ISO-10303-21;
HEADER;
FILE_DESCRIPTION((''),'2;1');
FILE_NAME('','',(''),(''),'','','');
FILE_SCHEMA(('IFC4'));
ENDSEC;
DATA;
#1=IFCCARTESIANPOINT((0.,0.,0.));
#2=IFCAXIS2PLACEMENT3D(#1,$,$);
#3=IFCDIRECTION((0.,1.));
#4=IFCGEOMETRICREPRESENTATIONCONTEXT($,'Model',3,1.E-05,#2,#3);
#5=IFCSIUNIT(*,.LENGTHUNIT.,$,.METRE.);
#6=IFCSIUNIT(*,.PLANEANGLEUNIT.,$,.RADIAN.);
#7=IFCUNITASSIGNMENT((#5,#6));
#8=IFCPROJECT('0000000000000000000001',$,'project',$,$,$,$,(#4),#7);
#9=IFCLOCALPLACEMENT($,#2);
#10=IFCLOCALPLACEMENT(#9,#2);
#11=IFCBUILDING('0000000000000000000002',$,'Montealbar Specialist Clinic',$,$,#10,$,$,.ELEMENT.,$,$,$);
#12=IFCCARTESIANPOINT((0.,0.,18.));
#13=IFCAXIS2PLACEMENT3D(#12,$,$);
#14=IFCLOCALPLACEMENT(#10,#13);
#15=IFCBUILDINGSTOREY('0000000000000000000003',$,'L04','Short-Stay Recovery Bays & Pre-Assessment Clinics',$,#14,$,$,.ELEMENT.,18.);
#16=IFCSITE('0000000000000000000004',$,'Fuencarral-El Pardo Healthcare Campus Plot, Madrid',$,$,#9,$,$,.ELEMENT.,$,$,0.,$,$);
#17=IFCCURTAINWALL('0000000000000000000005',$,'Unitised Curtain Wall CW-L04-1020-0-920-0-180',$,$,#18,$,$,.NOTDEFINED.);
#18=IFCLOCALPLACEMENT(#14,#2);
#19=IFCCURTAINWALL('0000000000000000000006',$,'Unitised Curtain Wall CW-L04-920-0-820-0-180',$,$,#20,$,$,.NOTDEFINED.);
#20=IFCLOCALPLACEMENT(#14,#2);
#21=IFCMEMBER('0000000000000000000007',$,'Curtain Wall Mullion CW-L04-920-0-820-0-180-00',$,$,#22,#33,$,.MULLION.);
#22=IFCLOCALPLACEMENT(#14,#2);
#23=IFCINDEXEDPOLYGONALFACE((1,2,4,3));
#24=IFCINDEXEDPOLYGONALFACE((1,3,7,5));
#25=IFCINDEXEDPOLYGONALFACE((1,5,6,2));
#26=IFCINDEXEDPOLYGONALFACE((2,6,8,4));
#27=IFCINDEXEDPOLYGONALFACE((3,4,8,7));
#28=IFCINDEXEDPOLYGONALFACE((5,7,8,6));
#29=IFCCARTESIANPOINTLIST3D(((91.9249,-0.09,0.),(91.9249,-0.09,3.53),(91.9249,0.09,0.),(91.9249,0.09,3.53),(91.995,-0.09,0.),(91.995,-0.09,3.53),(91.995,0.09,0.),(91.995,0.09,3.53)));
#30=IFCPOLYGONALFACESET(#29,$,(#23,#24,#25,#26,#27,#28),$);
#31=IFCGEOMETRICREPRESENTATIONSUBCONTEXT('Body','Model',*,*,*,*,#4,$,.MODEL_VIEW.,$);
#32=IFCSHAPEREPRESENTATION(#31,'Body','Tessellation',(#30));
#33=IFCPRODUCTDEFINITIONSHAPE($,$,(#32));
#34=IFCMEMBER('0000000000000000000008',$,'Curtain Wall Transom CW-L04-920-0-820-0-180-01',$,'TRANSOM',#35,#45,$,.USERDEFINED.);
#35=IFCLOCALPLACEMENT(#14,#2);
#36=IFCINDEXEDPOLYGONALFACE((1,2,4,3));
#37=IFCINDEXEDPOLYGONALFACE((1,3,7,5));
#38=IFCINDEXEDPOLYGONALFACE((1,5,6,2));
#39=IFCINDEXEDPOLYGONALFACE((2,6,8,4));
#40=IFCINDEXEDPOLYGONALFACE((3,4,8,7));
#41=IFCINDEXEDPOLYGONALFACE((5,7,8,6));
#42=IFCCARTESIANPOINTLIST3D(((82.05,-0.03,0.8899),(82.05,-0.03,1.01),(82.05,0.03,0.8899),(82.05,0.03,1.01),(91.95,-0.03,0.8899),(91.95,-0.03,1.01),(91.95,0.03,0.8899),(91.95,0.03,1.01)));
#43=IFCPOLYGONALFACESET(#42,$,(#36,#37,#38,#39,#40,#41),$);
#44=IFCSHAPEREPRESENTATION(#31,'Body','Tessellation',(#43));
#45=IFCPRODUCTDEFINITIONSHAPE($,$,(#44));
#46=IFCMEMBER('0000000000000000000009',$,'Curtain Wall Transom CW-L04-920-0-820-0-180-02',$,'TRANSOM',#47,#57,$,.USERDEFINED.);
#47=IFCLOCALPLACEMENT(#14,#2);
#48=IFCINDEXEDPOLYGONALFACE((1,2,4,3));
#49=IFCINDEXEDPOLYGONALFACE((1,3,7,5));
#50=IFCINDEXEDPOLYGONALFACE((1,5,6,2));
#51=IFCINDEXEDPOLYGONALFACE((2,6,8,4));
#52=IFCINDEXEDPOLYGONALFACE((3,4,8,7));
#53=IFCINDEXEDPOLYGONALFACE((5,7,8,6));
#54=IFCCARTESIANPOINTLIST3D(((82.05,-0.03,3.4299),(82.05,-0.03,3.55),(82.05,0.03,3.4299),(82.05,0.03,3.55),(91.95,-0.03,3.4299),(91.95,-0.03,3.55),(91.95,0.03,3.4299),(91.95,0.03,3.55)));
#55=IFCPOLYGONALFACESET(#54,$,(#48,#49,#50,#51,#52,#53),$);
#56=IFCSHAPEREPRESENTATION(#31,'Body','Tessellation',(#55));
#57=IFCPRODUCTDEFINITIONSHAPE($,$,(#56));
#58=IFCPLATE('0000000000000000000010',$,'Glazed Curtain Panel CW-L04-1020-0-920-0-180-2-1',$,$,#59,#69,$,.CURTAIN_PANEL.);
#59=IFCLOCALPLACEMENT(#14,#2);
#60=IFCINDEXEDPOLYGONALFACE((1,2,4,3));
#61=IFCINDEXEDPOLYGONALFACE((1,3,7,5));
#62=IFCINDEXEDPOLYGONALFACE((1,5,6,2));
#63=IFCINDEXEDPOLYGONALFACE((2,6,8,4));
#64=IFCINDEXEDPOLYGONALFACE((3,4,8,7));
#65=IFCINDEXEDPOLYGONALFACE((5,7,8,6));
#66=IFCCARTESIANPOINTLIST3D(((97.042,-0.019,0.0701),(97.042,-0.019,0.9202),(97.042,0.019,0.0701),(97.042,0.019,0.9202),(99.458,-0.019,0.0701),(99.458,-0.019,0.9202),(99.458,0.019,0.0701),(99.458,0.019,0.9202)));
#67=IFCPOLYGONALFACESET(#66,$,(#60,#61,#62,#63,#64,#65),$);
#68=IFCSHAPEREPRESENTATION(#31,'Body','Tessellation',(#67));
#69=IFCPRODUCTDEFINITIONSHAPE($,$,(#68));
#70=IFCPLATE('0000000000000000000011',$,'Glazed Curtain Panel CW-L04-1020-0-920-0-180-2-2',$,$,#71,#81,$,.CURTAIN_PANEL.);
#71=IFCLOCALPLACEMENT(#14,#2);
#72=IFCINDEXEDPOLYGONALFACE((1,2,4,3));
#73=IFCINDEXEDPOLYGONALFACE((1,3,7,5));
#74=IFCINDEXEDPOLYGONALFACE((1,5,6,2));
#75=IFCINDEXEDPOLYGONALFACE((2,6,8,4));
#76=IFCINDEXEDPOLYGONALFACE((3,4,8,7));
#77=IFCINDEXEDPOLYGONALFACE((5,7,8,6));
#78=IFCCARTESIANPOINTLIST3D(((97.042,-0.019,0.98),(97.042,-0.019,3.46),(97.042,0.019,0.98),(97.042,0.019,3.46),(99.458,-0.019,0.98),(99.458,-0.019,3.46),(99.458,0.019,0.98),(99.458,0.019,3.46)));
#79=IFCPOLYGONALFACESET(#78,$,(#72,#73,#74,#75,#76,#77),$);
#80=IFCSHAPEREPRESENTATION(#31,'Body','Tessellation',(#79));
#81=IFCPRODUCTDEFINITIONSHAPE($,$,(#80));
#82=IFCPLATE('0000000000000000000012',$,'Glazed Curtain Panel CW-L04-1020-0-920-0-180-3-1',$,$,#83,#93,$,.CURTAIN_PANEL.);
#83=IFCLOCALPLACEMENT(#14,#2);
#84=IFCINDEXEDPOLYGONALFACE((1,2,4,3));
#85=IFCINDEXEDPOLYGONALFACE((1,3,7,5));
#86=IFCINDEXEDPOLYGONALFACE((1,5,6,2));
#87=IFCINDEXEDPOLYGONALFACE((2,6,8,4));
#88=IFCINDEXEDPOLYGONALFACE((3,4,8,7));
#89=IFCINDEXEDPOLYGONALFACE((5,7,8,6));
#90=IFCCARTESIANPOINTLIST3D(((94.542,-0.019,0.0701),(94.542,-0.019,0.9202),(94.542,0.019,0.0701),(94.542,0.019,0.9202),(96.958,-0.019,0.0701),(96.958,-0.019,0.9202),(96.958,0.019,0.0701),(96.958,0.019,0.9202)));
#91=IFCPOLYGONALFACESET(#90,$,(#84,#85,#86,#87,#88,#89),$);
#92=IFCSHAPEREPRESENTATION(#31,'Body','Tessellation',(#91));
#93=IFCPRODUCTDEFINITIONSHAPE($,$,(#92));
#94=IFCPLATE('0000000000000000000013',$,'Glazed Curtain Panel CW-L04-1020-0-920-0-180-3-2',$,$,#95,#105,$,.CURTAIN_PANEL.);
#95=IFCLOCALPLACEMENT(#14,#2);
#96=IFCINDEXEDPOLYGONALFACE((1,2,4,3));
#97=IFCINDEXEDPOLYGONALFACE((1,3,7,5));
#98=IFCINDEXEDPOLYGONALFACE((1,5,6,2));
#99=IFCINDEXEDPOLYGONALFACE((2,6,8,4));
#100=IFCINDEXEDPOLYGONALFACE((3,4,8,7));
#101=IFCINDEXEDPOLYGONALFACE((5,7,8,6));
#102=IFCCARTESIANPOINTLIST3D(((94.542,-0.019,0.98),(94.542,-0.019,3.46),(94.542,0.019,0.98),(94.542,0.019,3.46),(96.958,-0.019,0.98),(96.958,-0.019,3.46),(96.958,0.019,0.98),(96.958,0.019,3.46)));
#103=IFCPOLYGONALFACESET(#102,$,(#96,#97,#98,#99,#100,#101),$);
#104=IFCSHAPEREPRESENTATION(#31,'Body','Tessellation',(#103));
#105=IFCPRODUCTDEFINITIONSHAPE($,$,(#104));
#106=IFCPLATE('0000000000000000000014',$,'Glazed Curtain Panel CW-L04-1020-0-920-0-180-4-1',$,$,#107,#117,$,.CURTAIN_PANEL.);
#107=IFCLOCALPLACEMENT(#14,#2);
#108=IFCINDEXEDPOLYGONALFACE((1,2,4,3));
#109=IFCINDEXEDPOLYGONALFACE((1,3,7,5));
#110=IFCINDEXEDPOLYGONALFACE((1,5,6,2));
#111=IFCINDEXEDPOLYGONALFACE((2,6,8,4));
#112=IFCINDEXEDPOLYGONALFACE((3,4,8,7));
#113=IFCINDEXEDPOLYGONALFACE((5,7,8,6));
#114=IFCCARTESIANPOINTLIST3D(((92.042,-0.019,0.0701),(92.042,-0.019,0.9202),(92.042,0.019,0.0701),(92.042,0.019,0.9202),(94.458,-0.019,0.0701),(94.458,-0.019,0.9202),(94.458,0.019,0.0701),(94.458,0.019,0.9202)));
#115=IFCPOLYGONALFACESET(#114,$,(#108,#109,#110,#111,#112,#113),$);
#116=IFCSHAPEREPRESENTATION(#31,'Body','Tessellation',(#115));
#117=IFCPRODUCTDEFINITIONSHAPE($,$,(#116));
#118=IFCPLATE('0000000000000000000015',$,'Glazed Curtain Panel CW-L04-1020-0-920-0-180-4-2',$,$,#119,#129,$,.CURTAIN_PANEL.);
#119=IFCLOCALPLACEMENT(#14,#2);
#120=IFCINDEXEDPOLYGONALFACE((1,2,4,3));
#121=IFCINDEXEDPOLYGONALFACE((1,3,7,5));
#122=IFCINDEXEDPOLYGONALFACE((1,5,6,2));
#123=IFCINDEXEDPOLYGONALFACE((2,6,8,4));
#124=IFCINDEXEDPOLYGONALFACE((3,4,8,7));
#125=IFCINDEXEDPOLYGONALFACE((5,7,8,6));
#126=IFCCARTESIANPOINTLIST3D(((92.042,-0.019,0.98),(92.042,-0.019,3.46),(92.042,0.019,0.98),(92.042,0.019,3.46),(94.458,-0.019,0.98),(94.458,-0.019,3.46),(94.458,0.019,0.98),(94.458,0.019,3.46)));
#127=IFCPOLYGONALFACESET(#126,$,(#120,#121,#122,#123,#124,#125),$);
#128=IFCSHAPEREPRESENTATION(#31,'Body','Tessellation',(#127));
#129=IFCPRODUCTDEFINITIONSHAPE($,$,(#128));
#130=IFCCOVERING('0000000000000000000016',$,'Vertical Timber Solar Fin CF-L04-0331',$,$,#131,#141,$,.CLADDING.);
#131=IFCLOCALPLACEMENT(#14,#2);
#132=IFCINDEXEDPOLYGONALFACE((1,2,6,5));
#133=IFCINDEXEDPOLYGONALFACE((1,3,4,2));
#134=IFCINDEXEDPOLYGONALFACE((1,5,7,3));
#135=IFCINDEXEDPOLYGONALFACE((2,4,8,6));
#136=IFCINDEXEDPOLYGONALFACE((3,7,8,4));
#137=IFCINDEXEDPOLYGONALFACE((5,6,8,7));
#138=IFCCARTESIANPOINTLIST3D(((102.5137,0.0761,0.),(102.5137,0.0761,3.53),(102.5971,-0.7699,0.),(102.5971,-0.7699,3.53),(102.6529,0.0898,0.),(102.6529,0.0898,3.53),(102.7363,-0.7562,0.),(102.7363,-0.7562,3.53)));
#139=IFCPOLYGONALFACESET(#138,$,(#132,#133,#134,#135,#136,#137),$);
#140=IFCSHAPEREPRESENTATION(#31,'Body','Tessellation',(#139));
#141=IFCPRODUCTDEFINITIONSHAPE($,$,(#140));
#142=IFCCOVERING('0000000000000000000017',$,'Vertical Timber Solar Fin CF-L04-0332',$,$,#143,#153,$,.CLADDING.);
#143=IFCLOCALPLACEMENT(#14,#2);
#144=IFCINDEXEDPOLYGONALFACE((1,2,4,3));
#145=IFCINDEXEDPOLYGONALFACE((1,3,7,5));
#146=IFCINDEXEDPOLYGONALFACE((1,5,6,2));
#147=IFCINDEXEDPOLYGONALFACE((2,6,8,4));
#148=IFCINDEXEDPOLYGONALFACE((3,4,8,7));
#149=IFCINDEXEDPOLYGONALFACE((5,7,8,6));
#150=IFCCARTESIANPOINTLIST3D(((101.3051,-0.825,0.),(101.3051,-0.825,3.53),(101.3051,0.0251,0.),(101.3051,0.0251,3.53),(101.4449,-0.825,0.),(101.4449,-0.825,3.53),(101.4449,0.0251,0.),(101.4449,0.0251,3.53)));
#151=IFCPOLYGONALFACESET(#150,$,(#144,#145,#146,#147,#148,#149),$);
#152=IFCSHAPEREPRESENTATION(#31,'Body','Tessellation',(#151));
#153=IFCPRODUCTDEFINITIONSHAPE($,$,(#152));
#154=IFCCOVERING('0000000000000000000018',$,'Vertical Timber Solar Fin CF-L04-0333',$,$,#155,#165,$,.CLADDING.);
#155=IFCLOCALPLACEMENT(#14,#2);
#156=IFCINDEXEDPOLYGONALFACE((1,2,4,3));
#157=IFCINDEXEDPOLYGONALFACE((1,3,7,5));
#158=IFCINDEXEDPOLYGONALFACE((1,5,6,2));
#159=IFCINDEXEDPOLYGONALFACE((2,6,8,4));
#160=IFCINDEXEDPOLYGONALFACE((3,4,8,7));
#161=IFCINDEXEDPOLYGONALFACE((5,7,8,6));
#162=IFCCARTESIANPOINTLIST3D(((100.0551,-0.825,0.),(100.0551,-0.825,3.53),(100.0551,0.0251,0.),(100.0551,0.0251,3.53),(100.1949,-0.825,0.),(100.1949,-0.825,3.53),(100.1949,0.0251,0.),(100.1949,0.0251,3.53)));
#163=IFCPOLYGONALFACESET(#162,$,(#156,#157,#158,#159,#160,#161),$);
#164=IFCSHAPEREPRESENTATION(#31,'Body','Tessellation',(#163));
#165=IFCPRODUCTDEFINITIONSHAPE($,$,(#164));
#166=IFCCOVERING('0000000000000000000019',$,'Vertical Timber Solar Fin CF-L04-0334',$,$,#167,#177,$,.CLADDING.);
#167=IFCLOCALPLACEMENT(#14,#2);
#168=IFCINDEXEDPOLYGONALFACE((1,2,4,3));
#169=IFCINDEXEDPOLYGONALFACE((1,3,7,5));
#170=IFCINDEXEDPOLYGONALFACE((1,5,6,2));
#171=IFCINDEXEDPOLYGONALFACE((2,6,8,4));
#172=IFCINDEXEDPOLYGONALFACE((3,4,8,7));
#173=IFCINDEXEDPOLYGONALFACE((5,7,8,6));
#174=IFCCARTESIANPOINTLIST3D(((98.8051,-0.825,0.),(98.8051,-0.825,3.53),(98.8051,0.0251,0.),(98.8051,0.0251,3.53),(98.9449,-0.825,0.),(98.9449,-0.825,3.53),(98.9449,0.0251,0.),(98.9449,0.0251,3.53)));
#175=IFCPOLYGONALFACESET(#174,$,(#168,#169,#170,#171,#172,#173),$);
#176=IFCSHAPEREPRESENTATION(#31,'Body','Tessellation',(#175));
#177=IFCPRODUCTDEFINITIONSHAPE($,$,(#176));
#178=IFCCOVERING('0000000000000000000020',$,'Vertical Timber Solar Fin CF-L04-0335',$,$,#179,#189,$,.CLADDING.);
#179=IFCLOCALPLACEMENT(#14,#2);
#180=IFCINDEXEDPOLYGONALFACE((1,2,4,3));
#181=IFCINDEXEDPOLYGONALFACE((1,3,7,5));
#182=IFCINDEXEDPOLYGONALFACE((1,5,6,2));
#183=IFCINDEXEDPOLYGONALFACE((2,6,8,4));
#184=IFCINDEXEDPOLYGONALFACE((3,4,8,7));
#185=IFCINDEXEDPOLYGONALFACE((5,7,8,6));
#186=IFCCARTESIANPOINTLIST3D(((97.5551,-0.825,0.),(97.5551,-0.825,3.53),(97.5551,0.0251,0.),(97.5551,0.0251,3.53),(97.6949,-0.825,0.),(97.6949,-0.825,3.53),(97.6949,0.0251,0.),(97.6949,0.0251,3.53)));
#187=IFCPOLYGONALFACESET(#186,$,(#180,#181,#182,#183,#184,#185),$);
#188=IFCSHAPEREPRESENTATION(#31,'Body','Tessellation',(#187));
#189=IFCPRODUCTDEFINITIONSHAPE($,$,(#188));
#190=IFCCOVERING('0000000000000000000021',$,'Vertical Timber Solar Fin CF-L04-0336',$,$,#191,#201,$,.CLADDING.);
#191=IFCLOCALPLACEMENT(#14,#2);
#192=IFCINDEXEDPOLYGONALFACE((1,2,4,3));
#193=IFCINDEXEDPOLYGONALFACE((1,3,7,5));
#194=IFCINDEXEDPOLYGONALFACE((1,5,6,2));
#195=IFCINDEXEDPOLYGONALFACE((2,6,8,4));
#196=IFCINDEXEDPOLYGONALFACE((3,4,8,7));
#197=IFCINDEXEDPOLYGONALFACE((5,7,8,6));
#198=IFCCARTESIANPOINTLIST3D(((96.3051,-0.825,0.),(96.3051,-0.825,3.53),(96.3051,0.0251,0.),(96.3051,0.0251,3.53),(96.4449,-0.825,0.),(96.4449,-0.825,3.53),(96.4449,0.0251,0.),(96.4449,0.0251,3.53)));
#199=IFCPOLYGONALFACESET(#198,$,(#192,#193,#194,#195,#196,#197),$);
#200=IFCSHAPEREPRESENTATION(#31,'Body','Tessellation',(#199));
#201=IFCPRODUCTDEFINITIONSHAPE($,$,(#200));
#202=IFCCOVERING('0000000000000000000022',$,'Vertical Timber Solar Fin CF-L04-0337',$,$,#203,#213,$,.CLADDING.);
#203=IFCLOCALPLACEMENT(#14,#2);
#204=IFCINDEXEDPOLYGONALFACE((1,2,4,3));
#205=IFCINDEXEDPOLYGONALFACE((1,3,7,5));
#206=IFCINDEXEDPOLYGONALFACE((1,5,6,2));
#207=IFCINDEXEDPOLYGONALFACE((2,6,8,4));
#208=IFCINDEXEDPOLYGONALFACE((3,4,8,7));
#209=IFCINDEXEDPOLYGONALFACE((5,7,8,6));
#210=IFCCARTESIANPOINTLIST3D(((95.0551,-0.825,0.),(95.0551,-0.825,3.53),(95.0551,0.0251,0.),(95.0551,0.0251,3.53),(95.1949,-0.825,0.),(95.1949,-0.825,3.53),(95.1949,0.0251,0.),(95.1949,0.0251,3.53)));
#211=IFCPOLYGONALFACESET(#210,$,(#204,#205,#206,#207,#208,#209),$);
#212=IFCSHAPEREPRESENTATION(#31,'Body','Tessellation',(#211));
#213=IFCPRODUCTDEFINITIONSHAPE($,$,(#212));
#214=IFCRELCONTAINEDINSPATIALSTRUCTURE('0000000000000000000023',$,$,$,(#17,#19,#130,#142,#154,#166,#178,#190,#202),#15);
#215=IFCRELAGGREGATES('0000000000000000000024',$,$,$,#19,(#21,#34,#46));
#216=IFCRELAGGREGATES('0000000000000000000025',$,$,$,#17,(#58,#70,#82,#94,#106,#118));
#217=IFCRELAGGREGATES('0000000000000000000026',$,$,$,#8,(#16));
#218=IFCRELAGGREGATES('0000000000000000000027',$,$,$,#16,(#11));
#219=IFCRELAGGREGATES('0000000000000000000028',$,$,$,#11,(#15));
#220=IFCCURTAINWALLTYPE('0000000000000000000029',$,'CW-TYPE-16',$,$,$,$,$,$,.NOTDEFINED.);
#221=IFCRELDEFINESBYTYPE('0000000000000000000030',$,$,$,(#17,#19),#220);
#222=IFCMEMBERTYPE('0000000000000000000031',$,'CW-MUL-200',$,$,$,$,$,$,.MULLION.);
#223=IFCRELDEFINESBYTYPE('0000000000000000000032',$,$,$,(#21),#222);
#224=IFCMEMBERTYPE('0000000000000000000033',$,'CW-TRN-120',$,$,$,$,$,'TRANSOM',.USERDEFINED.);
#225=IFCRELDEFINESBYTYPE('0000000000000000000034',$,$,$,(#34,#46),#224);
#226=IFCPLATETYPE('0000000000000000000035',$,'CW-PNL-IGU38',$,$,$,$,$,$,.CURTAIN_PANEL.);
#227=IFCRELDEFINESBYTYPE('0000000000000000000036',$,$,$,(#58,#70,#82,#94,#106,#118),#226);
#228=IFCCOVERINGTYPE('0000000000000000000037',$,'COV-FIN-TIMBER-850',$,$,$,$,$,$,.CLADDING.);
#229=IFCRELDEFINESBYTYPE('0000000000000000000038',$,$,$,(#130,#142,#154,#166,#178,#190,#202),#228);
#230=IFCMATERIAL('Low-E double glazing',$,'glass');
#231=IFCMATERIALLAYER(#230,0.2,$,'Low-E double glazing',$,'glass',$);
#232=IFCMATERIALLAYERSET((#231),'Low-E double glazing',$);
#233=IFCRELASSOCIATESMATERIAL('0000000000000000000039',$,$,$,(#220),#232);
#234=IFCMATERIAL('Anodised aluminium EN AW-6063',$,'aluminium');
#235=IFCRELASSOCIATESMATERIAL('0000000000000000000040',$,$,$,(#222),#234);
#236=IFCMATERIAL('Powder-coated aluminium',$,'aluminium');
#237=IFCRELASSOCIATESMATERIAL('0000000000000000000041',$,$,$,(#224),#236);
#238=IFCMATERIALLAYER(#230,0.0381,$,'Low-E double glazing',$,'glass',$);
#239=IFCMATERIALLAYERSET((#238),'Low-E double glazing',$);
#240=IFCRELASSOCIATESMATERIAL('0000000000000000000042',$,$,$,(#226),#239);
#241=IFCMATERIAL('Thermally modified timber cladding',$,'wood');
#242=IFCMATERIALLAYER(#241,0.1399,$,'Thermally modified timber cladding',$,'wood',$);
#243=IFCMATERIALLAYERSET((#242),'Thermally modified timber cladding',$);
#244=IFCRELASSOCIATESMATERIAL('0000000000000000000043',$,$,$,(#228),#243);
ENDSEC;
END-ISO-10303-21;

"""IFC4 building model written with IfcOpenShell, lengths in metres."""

from ifc_helpers import new_model, si_unit, direction, frame, origin, origin_2d, place, context, subcontext, project, spatial, rectangle, extrude, material, layer, layer_set, material_profile, profile_set, type_object, element, aggregate, save


model = new_model("IFC4")

# Units and contexts
model_context = context("Model", 3, precision=1e-05, world=origin(), true_north=direction((0.0, 1.0)))
body_context = subcontext(model_context, "Body", "Model", "MODEL_VIEW")
ifc_project = project(units=[si_unit("LENGTHUNIT", "METRE"), si_unit("PLANEANGLEUNIT", "RADIAN")], contexts=[model_context])

# Site, building, storey
site_placement = place(None, origin())
site = spatial("IfcSite", under=ifc_project, at=site_placement, Name="Fuencarral-El Pardo Healthcare Campus Plot, Madrid", CompositionType="ELEMENT", RefElevation=0.0)
building_placement = place(site_placement, origin())
building = spatial("IfcBuilding", under=site, at=building_placement, Name="Montealbar Specialist Clinic", CompositionType="ELEMENT")
storey_placement = place(building_placement, frame((0.0, 0.0, 18.0)))
storey = spatial("IfcBuildingStorey", under=building, at=storey_placement, Name="L04", Description="Short-Stay Recovery Bays & Pre-Assessment Clinics", CompositionType="ELEMENT", Elevation=18.0)

# Curtain walls, members
ifc_material_1 = material(Name="Low-E double glazing", Category="glass")
ifc_layer_1 = layer(ifc_material_1, 0.2, Name="Low-E double glazing", Category="glass")
ifc_layer_set_1 = layer_set([ifc_layer_1], Name="Low-E double glazing")
curtain_wall_type = type_object("IfcCurtainWallType", Name="CW-TYPE-16", PredefinedType="NOTDEFINED", material=ifc_layer_set_1)
curtain_wall_1_placement = place(storey_placement, origin())
curtain_wall_1 = element("IfcCurtainWall", 1, at=curtain_wall_1_placement, inside=storey, type_object=curtain_wall_type, Name="Unitised Curtain Wall CW-L04-1020-0-920-0-180", PredefinedType="NOTDEFINED")
ifc_material_2 = material(Name="Anodised aluminium EN AW-6063", Category="aluminium")
ifc_material_profile_1 = material_profile(ifc_material_2, rectangle(XDim=0.0701, YDim=0.1799, at=origin_2d()), Name="ALU 70x180", Category="aluminium")
ifc_profile_set_1 = profile_set([ifc_material_profile_1], Name="Anodised aluminium EN AW-6063")
member_type_1 = type_object("IfcMemberType", Name="CW-MUL-200", PredefinedType="MULLION", material=ifc_profile_set_1)
curtain_wall_2_placement = place(storey_placement, origin())
curtain_wall_2 = element("IfcCurtainWall", 2, at=curtain_wall_2_placement, inside=storey, type_object=curtain_wall_type, Name="Unitised Curtain Wall CW-L04-920-0-820-0-180", PredefinedType="NOTDEFINED")
member_1_placement = place(storey_placement, frame((91.96, 0.0, 0.0), z_axis=(0.0, 0.0, 1.0), x_axis=(-1.0, 0.0, 0.0)))
member_1 = element("IfcMember", 3, at=member_1_placement, type_object=member_type_1, Name="Curtain Wall Mullion CW-L04-920-0-820-0-180-00", PredefinedType="MULLION", context=body_context, shape_type="SweptSolid", body=[
    extrude(rectangle(XDim=0.0701, YDim=0.1799, at=origin_2d()), origin(), (0.0, 0.0, 1.0), 3.53),
])
ifc_material_3 = material(Name="Powder-coated aluminium", Category="aluminium")
ifc_material_profile_2 = material_profile(ifc_material_3, rectangle(XDim=0.0601, YDim=0.1201, at=origin_2d()), Name="ALU 60x120", Category="aluminium")
ifc_profile_set_2 = profile_set([ifc_material_profile_2], Name="Powder-coated aluminium")
member_type_2 = type_object("IfcMemberType", Name="CW-TRN-120", ElementType="TRANSOM", PredefinedType="USERDEFINED", material=ifc_profile_set_2)
member_2_placement = place(storey_placement, frame((91.95, 0.0, 0.95), z_axis=(-1.0, 0.0, 0.0), x_axis=(0.0, -1.0, 0.0)))
member_2 = element("IfcMember", 4, at=member_2_placement, type_object=member_type_2, Name="Curtain Wall Transom CW-L04-920-0-820-0-180-01", ObjectType="TRANSOM", PredefinedType="USERDEFINED", context=body_context, shape_type="SweptSolid", body=[
    extrude(rectangle(XDim=0.0601, YDim=0.1201, at=origin_2d()), origin(), (0.0, 0.0, 1.0), 9.8999),
])
member_3_placement = place(storey_placement, frame((91.95, 0.0, 3.49), z_axis=(-1.0, 0.0, 0.0), x_axis=(0.0, -1.0, 0.0)))
member_3 = element("IfcMember", 5, at=member_3_placement, type_object=member_type_2, Name="Curtain Wall Transom CW-L04-920-0-820-0-180-02", ObjectType="TRANSOM", PredefinedType="USERDEFINED", context=body_context, shape_type="SweptSolid", body=[
    extrude(rectangle(XDim=0.0601, YDim=0.1201, at=origin_2d()), origin(), (0.0, 0.0, 1.0), 9.8999),
])
aggregate(curtain_wall_2, [member_1, member_2, member_3])

# Plates
ifc_layer_2 = layer(ifc_material_1, 0.0381, Name="Low-E double glazing", Category="glass")
ifc_layer_set_2 = layer_set([ifc_layer_2], Name="Low-E double glazing")
plate_type = type_object("IfcPlateType", Name="CW-PNL-IGU38", PredefinedType="CURTAIN_PANEL", material=ifc_layer_set_2)
plate_1_placement = place(storey_placement, frame((98.25, 0.0, 0.0701), z_axis=(0.0, 0.0, 1.0), x_axis=(-1.0, 0.0, 0.0)))
plate_1 = element("IfcPlate", 6, at=plate_1_placement, type_object=plate_type, Name="Glazed Curtain Panel CW-L04-1020-0-920-0-180-2-1", PredefinedType="CURTAIN_PANEL", context=body_context, shape_type="SweptSolid", body=[
    extrude(rectangle(XDim=2.416, YDim=0.0381, at=origin_2d()), origin(), (0.0, 0.0, 1.0), 0.8501),
])
plate_2_placement = place(storey_placement, frame((98.25, 0.0, 0.98), z_axis=(0.0, 0.0, 1.0), x_axis=(-1.0, 0.0, 0.0)))
plate_2 = element("IfcPlate", 7, at=plate_2_placement, type_object=plate_type, Name="Glazed Curtain Panel CW-L04-1020-0-920-0-180-2-2", PredefinedType="CURTAIN_PANEL", context=body_context, shape_type="SweptSolid", body=[
    extrude(rectangle(XDim=2.416, YDim=0.0381, at=origin_2d()), origin(), (0.0, 0.0, 1.0), 2.48),
])
plate_3_placement = place(storey_placement, frame((95.75, 0.0, 0.0701), z_axis=(0.0, 0.0, 1.0), x_axis=(-1.0, 0.0, 0.0)))
plate_3 = element("IfcPlate", 8, at=plate_3_placement, type_object=plate_type, Name="Glazed Curtain Panel CW-L04-1020-0-920-0-180-3-1", PredefinedType="CURTAIN_PANEL", context=body_context, shape_type="SweptSolid", body=[
    extrude(rectangle(XDim=2.416, YDim=0.0381, at=origin_2d()), origin(), (0.0, 0.0, 1.0), 0.8501),
])
plate_4_placement = place(storey_placement, frame((95.75, 0.0, 0.98), z_axis=(0.0, 0.0, 1.0), x_axis=(-1.0, 0.0, 0.0)))
plate_4 = element("IfcPlate", 9, at=plate_4_placement, type_object=plate_type, Name="Glazed Curtain Panel CW-L04-1020-0-920-0-180-3-2", PredefinedType="CURTAIN_PANEL", context=body_context, shape_type="SweptSolid", body=[
    extrude(rectangle(XDim=2.416, YDim=0.0381, at=origin_2d()), origin(), (0.0, 0.0, 1.0), 2.48),
])
plate_5_placement = place(storey_placement, frame((93.25, 0.0, 0.0701), z_axis=(0.0, 0.0, 1.0), x_axis=(-1.0, 0.0, 0.0)))
plate_5 = element("IfcPlate", 10, at=plate_5_placement, type_object=plate_type, Name="Glazed Curtain Panel CW-L04-1020-0-920-0-180-4-1", PredefinedType="CURTAIN_PANEL", context=body_context, shape_type="SweptSolid", body=[
    extrude(rectangle(XDim=2.416, YDim=0.0381, at=origin_2d()), origin(), (0.0, 0.0, 1.0), 0.8501),
])
plate_6_placement = place(storey_placement, frame((93.25, 0.0, 0.98), z_axis=(0.0, 0.0, 1.0), x_axis=(-1.0, 0.0, 0.0)))
plate_6 = element("IfcPlate", 11, at=plate_6_placement, type_object=plate_type, Name="Glazed Curtain Panel CW-L04-1020-0-920-0-180-4-2", PredefinedType="CURTAIN_PANEL", context=body_context, shape_type="SweptSolid", body=[
    extrude(rectangle(XDim=2.416, YDim=0.0381, at=origin_2d()), origin(), (0.0, 0.0, 1.0), 2.48),
])
aggregate(curtain_wall_1, [plate_1, plate_2, plate_3, plate_4, plate_5, plate_6])

# Coverings
ifc_material_4 = material(Name="Thermally modified timber cladding", Category="wood")
ifc_layer_3 = layer(ifc_material_4, 0.1399, Name="Thermally modified timber cladding", Category="wood")
ifc_layer_set_3 = layer_set([ifc_layer_3], Name="Thermally modified timber cladding")
covering_type = type_object("IfcCoveringType", Name="COV-FIN-TIMBER-850", PredefinedType="CLADDING", material=ifc_layer_set_3)
for number, where, z_axis, x_axis, name in (
    (12, (102.625, -0.3401, 0.0), (0.0, 0.0, 1.0), (0.098045, -0.995182, 0.0), "Vertical Timber Solar Fin CF-L04-0331"),
    (13, (101.375, -0.3999, 0.0), (0.0, 0.0, 1.0), (0.0, -1.0, 0.0), "Vertical Timber Solar Fin CF-L04-0332"),
    (14, (100.125, -0.3999, 0.0), (0.0, 0.0, 1.0), (0.0, -1.0, 0.0), "Vertical Timber Solar Fin CF-L04-0333"),
    (15, (98.875, -0.3999, 0.0), (0.0, 0.0, 1.0), (0.0, -1.0, 0.0), "Vertical Timber Solar Fin CF-L04-0334"),
    (16, (97.625, -0.3999, 0.0), (0.0, 0.0, 1.0), (0.0, -1.0, 0.0), "Vertical Timber Solar Fin CF-L04-0335"),
    (17, (96.375, -0.3999, 0.0), (0.0, 0.0, 1.0), (0.0, -1.0, 0.0), "Vertical Timber Solar Fin CF-L04-0336"),
    (18, (95.125, -0.3999, 0.0), (0.0, 0.0, 1.0), (0.0, -1.0, 0.0), "Vertical Timber Solar Fin CF-L04-0337"),
):
    element("IfcCovering", number, at=place(storey_placement, frame(where, z_axis=z_axis, x_axis=x_axis)), inside=storey, type_object=covering_type, Name=name, PredefinedType="CLADDING", context=body_context, shape_type="SweptSolid", body=[
        extrude(rectangle(XDim=0.8501, YDim=0.1399, at=origin_2d()), origin(), (0.0, 0.0, 1.0), 3.53),
    ])

save(model, "model.ifc")
